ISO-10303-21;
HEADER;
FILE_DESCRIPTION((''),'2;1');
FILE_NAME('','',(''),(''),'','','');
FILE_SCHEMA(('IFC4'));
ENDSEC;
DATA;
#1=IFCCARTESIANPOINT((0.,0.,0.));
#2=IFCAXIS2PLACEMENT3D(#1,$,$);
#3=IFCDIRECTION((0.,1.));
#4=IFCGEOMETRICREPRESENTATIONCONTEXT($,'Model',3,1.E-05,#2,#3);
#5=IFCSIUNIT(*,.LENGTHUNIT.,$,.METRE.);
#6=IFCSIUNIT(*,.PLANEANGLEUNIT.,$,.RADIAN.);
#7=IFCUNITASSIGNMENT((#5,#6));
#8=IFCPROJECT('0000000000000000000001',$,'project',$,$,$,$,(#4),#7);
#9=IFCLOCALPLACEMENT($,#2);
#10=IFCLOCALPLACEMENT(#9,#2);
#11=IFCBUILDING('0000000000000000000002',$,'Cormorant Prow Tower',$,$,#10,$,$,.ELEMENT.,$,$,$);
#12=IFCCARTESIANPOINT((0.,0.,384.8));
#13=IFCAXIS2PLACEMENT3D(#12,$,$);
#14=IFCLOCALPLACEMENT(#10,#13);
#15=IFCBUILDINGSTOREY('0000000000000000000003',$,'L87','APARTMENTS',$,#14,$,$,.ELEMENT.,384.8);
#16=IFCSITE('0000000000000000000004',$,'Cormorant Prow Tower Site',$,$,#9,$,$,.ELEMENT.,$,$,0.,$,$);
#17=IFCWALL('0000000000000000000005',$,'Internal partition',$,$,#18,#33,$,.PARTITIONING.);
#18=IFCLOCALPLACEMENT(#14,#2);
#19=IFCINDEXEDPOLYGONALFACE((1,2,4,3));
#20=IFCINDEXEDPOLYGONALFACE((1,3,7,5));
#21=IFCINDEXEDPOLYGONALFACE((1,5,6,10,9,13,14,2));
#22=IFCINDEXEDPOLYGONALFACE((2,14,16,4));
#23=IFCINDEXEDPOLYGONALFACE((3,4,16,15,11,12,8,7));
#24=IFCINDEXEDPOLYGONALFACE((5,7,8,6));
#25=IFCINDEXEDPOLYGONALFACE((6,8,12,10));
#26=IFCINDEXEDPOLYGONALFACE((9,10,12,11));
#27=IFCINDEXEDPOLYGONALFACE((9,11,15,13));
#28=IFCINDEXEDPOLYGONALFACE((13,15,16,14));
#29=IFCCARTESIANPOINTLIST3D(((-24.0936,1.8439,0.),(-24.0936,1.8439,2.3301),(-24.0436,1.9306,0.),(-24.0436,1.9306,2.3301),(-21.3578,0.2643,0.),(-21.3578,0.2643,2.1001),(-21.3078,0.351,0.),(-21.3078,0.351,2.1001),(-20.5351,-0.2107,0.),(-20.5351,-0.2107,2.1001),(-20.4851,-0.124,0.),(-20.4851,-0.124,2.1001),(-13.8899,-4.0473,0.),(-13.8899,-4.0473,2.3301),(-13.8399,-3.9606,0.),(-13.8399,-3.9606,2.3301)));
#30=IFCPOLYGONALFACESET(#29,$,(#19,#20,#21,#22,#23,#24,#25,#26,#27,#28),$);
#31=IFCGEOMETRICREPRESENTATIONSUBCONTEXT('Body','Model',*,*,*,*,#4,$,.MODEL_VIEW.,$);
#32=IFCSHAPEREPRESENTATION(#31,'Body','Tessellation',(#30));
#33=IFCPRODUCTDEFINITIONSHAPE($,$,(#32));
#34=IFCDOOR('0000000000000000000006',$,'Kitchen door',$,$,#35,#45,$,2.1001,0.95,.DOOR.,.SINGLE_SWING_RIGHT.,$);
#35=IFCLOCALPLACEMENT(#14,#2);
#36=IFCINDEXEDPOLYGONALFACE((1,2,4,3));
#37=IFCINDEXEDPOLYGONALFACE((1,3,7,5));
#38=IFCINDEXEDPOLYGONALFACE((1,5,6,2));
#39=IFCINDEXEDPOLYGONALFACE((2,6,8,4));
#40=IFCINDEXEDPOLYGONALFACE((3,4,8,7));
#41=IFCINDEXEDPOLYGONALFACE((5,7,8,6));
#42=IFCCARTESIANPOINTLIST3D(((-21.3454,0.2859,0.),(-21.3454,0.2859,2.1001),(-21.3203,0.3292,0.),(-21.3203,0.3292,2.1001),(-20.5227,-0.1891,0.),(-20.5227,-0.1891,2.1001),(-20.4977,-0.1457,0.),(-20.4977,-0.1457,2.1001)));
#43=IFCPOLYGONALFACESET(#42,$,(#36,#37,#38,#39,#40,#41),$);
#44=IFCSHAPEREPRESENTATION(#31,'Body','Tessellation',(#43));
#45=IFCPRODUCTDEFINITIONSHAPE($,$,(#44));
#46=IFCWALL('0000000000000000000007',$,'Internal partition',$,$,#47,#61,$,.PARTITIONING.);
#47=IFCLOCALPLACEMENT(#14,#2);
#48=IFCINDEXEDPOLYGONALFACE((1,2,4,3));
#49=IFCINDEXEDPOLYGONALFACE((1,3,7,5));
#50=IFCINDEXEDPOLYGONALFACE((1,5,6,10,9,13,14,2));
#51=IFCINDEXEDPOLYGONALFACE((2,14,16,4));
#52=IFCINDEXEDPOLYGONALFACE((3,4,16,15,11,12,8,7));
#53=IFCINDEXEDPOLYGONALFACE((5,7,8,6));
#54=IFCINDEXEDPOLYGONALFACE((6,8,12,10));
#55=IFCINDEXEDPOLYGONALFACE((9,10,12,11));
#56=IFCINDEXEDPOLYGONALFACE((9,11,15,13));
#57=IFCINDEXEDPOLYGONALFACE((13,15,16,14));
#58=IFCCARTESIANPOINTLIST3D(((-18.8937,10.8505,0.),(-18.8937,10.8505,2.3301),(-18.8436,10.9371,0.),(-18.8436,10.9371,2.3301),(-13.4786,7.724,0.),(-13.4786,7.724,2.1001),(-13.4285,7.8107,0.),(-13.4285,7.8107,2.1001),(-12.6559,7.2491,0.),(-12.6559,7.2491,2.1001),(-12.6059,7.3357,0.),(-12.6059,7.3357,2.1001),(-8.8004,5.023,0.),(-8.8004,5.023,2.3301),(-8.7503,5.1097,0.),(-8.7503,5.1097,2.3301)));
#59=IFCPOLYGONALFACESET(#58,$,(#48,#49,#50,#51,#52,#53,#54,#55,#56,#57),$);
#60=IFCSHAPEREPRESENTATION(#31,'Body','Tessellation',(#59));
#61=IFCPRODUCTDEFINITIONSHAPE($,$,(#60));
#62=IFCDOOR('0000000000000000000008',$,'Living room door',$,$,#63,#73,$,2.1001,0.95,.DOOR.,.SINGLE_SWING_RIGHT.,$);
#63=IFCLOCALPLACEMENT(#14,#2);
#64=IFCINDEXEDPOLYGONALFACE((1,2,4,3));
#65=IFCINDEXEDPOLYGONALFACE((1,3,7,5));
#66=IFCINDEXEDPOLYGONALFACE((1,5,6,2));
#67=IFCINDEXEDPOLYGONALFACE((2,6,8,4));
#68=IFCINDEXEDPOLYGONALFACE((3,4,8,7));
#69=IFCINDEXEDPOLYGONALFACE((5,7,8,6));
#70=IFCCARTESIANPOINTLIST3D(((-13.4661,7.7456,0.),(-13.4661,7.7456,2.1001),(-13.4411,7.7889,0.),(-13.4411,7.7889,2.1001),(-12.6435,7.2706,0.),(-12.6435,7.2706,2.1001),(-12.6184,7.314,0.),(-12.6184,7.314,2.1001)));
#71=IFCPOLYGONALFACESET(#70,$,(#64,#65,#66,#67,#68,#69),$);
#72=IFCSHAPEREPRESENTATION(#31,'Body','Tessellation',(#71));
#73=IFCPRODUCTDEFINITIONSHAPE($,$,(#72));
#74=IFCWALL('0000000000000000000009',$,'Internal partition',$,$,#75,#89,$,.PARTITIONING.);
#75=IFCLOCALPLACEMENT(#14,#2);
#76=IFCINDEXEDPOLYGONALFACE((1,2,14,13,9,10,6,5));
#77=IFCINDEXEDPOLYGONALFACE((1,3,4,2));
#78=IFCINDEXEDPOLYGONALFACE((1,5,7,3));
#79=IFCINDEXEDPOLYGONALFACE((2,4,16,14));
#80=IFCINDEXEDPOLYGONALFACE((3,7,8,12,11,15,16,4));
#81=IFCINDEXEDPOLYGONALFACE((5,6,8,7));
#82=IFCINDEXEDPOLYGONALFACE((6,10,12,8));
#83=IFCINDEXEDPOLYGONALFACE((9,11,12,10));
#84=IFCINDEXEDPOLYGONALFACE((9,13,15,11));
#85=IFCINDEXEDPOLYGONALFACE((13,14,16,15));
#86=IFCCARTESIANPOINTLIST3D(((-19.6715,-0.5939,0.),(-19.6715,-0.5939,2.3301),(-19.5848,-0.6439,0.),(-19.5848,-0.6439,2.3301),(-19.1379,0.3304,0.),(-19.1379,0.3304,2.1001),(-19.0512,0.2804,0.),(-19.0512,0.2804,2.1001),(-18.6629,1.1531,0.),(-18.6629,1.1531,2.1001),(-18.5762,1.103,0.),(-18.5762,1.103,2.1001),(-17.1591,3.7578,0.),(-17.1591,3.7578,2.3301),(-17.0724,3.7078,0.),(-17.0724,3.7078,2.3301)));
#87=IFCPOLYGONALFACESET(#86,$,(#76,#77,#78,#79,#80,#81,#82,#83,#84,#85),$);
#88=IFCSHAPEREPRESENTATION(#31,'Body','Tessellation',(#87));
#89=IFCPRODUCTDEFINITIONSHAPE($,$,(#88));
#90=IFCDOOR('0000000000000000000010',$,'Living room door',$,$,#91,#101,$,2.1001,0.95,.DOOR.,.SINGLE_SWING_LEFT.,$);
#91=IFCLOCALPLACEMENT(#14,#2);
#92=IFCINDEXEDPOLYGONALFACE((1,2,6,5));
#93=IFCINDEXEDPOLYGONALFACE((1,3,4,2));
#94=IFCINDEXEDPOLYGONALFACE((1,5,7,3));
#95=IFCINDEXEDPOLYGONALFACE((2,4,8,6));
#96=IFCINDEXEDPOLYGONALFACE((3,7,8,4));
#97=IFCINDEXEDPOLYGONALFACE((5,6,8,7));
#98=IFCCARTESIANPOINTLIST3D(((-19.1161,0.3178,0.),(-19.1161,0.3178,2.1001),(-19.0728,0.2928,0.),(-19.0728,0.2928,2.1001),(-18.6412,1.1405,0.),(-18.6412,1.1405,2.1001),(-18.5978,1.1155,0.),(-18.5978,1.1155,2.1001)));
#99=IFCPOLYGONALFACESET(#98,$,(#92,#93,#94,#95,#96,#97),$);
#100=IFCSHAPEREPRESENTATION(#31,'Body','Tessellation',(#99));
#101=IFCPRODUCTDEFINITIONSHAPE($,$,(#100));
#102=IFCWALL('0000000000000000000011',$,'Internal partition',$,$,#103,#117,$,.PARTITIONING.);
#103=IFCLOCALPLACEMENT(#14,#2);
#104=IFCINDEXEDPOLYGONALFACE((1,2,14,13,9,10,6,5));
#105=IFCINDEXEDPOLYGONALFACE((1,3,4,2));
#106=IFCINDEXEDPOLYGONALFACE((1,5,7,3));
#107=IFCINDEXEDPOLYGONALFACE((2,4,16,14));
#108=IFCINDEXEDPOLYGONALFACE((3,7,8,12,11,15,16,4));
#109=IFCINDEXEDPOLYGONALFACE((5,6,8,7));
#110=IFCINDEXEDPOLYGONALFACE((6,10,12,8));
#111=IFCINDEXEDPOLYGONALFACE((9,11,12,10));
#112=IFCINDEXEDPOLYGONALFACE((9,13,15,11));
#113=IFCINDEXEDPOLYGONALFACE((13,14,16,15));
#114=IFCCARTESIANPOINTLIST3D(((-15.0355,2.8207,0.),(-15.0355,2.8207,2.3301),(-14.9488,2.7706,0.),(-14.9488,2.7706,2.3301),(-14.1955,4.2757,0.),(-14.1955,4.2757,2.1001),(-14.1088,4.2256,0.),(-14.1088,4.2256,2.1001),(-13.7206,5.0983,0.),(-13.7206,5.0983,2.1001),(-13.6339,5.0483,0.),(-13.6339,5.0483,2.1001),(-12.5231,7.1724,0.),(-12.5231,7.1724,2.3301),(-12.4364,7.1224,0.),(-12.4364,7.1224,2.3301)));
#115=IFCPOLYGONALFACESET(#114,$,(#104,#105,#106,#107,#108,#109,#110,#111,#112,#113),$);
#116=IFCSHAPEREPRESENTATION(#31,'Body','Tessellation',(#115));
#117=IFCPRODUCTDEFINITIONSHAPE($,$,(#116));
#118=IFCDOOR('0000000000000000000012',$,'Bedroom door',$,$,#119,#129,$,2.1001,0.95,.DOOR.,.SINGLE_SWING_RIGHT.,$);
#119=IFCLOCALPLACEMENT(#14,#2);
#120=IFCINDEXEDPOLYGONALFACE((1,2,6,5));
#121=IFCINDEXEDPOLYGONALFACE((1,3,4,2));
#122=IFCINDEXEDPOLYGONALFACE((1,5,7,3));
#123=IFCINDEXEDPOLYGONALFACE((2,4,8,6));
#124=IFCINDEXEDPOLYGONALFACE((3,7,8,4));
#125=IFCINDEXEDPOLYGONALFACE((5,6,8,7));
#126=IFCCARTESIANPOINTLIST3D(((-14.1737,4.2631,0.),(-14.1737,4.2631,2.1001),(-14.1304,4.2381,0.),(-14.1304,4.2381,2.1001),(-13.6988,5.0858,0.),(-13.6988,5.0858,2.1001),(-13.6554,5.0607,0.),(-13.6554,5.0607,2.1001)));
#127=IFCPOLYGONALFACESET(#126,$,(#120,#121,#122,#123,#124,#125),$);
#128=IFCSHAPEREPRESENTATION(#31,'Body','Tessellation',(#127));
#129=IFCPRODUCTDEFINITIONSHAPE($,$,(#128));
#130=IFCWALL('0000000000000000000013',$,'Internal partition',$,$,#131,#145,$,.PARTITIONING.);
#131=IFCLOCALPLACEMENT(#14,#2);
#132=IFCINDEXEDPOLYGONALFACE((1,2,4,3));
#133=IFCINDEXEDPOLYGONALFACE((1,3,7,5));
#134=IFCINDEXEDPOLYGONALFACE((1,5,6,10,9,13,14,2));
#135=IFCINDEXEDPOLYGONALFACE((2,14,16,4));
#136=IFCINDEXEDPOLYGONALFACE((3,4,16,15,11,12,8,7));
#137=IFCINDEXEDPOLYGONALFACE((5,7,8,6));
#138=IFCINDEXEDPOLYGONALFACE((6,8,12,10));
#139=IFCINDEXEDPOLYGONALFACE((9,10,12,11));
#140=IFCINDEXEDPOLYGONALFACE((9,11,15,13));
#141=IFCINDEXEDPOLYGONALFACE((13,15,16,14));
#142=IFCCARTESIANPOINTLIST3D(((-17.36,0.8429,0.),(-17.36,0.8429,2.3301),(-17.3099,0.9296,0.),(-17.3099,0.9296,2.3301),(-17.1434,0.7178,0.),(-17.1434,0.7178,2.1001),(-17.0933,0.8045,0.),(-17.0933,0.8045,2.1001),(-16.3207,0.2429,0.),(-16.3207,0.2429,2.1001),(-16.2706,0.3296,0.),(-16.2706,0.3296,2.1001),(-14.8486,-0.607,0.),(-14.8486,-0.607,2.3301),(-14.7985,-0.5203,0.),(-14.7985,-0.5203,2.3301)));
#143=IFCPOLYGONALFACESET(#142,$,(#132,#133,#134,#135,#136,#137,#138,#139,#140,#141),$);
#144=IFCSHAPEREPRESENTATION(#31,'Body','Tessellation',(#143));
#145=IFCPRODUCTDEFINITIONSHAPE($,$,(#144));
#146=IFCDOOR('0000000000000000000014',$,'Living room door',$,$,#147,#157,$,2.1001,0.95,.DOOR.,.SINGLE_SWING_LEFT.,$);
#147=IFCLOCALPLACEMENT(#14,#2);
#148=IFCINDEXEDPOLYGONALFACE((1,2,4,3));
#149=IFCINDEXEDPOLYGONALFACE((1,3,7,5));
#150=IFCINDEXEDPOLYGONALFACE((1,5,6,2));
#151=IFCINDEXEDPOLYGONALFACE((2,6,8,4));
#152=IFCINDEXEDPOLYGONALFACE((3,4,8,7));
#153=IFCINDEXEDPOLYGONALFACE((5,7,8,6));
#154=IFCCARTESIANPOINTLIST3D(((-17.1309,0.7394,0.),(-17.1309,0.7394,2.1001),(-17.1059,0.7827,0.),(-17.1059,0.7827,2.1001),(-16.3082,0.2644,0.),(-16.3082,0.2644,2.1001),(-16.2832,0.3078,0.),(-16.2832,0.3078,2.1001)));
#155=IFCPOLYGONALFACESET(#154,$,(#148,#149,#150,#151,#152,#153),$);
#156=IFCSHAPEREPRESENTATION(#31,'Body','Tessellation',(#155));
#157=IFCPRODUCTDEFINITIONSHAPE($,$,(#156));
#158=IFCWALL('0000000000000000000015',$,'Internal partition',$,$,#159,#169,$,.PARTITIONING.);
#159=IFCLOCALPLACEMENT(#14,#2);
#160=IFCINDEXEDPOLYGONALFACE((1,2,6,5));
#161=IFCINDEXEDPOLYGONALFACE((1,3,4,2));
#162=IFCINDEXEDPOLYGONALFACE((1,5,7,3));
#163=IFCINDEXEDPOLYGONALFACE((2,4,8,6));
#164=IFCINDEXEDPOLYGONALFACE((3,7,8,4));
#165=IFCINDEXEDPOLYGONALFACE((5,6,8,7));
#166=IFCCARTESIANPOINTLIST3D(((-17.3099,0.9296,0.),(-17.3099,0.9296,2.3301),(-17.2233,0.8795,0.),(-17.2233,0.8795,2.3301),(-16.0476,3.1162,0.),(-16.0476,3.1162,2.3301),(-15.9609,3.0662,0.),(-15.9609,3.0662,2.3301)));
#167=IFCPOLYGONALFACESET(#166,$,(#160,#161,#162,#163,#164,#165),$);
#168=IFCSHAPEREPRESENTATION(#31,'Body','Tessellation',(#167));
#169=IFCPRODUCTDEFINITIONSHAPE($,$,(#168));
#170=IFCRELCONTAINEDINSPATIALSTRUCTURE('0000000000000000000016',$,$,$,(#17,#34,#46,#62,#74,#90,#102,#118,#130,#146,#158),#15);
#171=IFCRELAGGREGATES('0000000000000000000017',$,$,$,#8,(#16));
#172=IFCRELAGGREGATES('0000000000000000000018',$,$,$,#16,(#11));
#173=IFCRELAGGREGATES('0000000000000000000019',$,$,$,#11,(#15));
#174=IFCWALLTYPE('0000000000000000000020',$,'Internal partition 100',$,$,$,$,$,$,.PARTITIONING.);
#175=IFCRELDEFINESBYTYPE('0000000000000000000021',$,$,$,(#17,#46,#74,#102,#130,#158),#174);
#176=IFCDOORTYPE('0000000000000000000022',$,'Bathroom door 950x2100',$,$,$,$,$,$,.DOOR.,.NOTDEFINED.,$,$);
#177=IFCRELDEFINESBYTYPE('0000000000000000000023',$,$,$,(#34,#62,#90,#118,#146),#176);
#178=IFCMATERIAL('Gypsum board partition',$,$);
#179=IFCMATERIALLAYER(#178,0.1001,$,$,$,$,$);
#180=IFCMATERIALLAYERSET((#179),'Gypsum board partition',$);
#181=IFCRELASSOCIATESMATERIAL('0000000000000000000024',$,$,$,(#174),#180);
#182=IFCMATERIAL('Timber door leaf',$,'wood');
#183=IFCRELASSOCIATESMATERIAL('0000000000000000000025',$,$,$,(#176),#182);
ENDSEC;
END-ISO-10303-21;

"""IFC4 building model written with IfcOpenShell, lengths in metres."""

from ifc_helpers import new_model, si_unit, direction, frame, frame_2d, origin, place, context, subcontext, project, spatial, rectangle, extrude, material, layer, layer_set, type_object, element, fill, save


model = new_model("IFC4")

# Units and contexts
model_context = context("Model", 3, precision=1e-05, world=origin(), true_north=direction((0.0, 1.0)))
body_context = subcontext(model_context, "Body", "Model", "MODEL_VIEW")
ifc_project = project(units=[si_unit("LENGTHUNIT", "METRE"), si_unit("PLANEANGLEUNIT", "RADIAN")], contexts=[model_context])

# Site, building, storey
site_placement = place(None, origin())
site = spatial("IfcSite", under=ifc_project, at=site_placement, Name="Cormorant Prow Tower Site", CompositionType="ELEMENT", RefElevation=0.0)
building_placement = place(site_placement, origin())
building = spatial("IfcBuilding", under=site, at=building_placement, Name="Cormorant Prow Tower", CompositionType="ELEMENT")
storey_placement = place(building_placement, frame((0.0, 0.0, 384.8)))
storey = spatial("IfcBuildingStorey", under=building, at=storey_placement, Name="L87", Description="APARTMENTS", CompositionType="ELEMENT", Elevation=384.8)

# Walls, openings, doors
ifc_material_1 = material(Name="Gypsum board partition")
ifc_layer_1 = layer(ifc_material_1, 0.1001)
ifc_layer_set_1 = layer_set([ifc_layer_1], Name="Gypsum board partition")
wall_type_1 = type_object("IfcWallType", Name="Internal partition 100", PredefinedType="PARTITIONING", material=ifc_layer_set_1)
wall_1_placement = place(storey_placement, frame((-24.0686, 1.8872, 0.0), z_axis=(0.0, 0.0, 1.0), x_axis=(0.866023, -0.500003, 0.0)))
wall_1 = element("IfcWall", 1, at=wall_1_placement, inside=storey, type_object=wall_type_1, Name="Internal partition", PredefinedType="PARTITIONING", context=body_context, shape_type="SweptSolid", body=[
    extrude(rectangle(XDim=11.7822, YDim=0.1001, at=frame_2d((5.8911, 0.0))), origin(), (0.0, 0.0, 1.0), 2.3301),
])
opening_1_placement = place(wall_1_placement, frame((3.1589, 0.0, 0.0)))
opening_1 = element("IfcOpeningElement", 2, at=opening_1_placement, cuts=wall_1, PredefinedType="OPENING", context=body_context, shape_type="SweptSolid", body=[
    extrude(rectangle(XDim=0.95, YDim=2.1001, at=frame_2d((0.4751, 1.05))), frame((0.0, 0.0601, 0.0), z_axis=(0.0, -1.0, 0.0), x_axis=(1.0, 0.0, 0.0)), (0.0, 0.0, 1.0), 0.1201),
])
ifc_material_2 = material(Name="Timber door leaf", Category="wood")
door_type_1 = type_object("IfcDoorType", Name="Bathroom door 950x2100", OperationType="NOTDEFINED", PredefinedType="DOOR", material=ifc_material_2)
door_1_placement = place(opening_1_placement, origin())
door_1 = element("IfcDoor", 3, at=door_1_placement, inside=storey, type_object=door_type_1, Name="Kitchen door", OperationType="SINGLE_SWING_RIGHT", OverallHeight=2.1001, OverallWidth=0.95, PredefinedType="DOOR", context=body_context, shape_type="SweptSolid", body=[
    extrude(rectangle(XDim=0.95, YDim=2.1001, at=frame_2d((0.4751, 1.05))), frame((0.0, 0.0249, 0.0), z_axis=(0.0, -1.0, 0.0), x_axis=(1.0, 0.0, 0.0)), (0.0, 0.0, 1.0), 0.05),
])
fill(opening_1, door_1)
wall_2_placement = place(storey_placement, frame((-18.8687, 10.8938, 0.0), z_axis=(0.0, 0.0, 1.0), x_axis=(0.866024, -0.500003, 0.0)))
wall_2 = element("IfcWall", 4, at=wall_2_placement, inside=storey, type_object=wall_type_1, Name="Internal partition", PredefinedType="PARTITIONING", context=body_context, shape_type="SweptSolid", body=[
    extrude(rectangle(XDim=11.6548, YDim=0.1001, at=frame_2d((5.8274, 0.0))), origin(), (0.0, 0.0, 1.0), 2.3301),
])
opening_2_placement = place(wall_2_placement, frame((6.2527, 0.0, 0.0)))
opening_2 = element("IfcOpeningElement", 5, at=opening_2_placement, cuts=wall_2, PredefinedType="OPENING", context=body_context, shape_type="SweptSolid", body=[
    extrude(rectangle(XDim=0.95, YDim=2.1001, at=frame_2d((0.4751, 1.05))), frame((0.0, 0.0601, 0.0), z_axis=(0.0, -1.0, 0.0), x_axis=(1.0, 0.0, 0.0)), (0.0, 0.0, 1.0), 0.1201),
])
door_2_placement = place(opening_2_placement, origin())
door_2 = element("IfcDoor", 6, at=door_2_placement, inside=storey, type_object=door_type_1, Name="Living room door", OperationType="SINGLE_SWING_RIGHT", OverallHeight=2.1001, OverallWidth=0.95, PredefinedType="DOOR", context=body_context, shape_type="SweptSolid", body=[
    extrude(rectangle(XDim=0.95, YDim=2.1001, at=frame_2d((0.4751, 1.05))), frame((0.0, 0.0249, 0.0), z_axis=(0.0, -1.0, 0.0), x_axis=(1.0, 0.0, 0.0)), (0.0, 0.0, 1.0), 0.05),
])
fill(opening_2, door_2)
wall_3_placement = place(storey_placement, frame((-19.6282, -0.6189, 0.0), z_axis=(0.0, 0.0, 1.0), x_axis=(0.49999, 0.866031, 0.0)))
wall_3 = element("IfcWall", 7, at=wall_3_placement, inside=storey, type_object=wall_type_1, Name="Internal partition", PredefinedType="PARTITIONING", context=body_context, shape_type="SweptSolid", body=[
    extrude(rectangle(XDim=5.0249, YDim=0.1001, at=frame_2d((2.5125, 0.0))), origin(), (0.0, 0.0, 1.0), 2.3301),
])
opening_3_placement = place(wall_3_placement, frame((1.0671, 0.0, 0.0)))
opening_3 = element("IfcOpeningElement", 8, at=opening_3_placement, cuts=wall_3, PredefinedType="OPENING", context=body_context, shape_type="SweptSolid", body=[
    extrude(rectangle(XDim=0.95, YDim=2.1001, at=frame_2d((0.4751, 1.05))), frame((0.0, 0.0601, 0.0), z_axis=(0.0, -1.0, 0.0), x_axis=(1.0, 0.0, 0.0)), (0.0, 0.0, 1.0), 0.1201),
])
door_3_placement = place(opening_3_placement, origin())
door_3 = element("IfcDoor", 9, at=door_3_placement, inside=storey, type_object=door_type_1, Name="Living room door", OperationType="SINGLE_SWING_LEFT", OverallHeight=2.1001, OverallWidth=0.95, PredefinedType="DOOR", context=body_context, shape_type="SweptSolid", body=[
    extrude(rectangle(XDim=0.95, YDim=2.1001, at=frame_2d((0.4751, 1.05))), frame((0.0, 0.0249, 0.0), z_axis=(0.0, -1.0, 0.0), x_axis=(1.0, 0.0, 0.0)), (0.0, 0.0, 1.0), 0.05),
])
fill(opening_3, door_3)
wall_4_placement = place(storey_placement, frame((-14.9922, 2.7957, 0.0), z_axis=(0.0, 0.0, 1.0), x_axis=(0.49999, 0.866031, 0.0)))
wall_4 = element("IfcWall", 10, at=wall_4_placement, inside=storey, type_object=wall_type_1, Name="Internal partition", PredefinedType="PARTITIONING", context=body_context, shape_type="SweptSolid", body=[
    extrude(rectangle(XDim=5.0249, YDim=0.1001, at=frame_2d((2.5125, 0.0))), origin(), (0.0, 0.0, 1.0), 2.3301),
])
opening_4_placement = place(wall_4_placement, frame((1.6799, 0.0, 0.0)))
opening_4 = element("IfcOpeningElement", 11, at=opening_4_placement, cuts=wall_4, PredefinedType="OPENING", context=body_context, shape_type="SweptSolid", body=[
    extrude(rectangle(XDim=0.95, YDim=2.1001, at=frame_2d((0.4751, 1.05))), frame((0.0, 0.0601, 0.0), z_axis=(0.0, -1.0, 0.0), x_axis=(1.0, 0.0, 0.0)), (0.0, 0.0, 1.0), 0.1201),
])
door_4_placement = place(opening_4_placement, origin())
door_4 = element("IfcDoor", 12, at=door_4_placement, inside=storey, type_object=door_type_1, Name="Bedroom door", OperationType="SINGLE_SWING_RIGHT", OverallHeight=2.1001, OverallWidth=0.95, PredefinedType="DOOR", context=body_context, shape_type="SweptSolid", body=[
    extrude(rectangle(XDim=0.95, YDim=2.1001, at=frame_2d((0.4751, 1.05))), frame((0.0, 0.0249, 0.0), z_axis=(0.0, -1.0, 0.0), x_axis=(1.0, 0.0, 0.0)), (0.0, 0.0, 1.0), 0.05),
])
fill(opening_4, door_4)
wall_5_placement = place(storey_placement, frame((-17.335, 0.8862, 0.0), z_axis=(0.0, 0.0, 1.0), x_axis=(0.866033, -0.499987, 0.0)))
wall_5 = element("IfcWall", 13, at=wall_5_placement, inside=storey, type_object=wall_type_1, Name="Internal partition", PredefinedType="PARTITIONING", context=body_context, shape_type="SweptSolid", body=[
    extrude(rectangle(XDim=2.8999, YDim=0.1001, at=frame_2d((1.45, 0.0))), origin(), (0.0, 0.0, 1.0), 2.3301),
])
opening_5_placement = place(wall_5_placement, frame((0.25, 0.0, 0.0)))
opening_5 = element("IfcOpeningElement", 14, at=opening_5_placement, cuts=wall_5, PredefinedType="OPENING", context=body_context, shape_type="SweptSolid", body=[
    extrude(rectangle(XDim=0.95, YDim=2.1001, at=frame_2d((0.4751, 1.05))), frame((0.0, 0.0601, 0.0), z_axis=(0.0, -1.0, 0.0), x_axis=(1.0, 0.0, 0.0)), (0.0, 0.0, 1.0), 0.1201),
])
door_5_placement = place(opening_5_placement, origin())
door_5 = element("IfcDoor", 15, at=door_5_placement, inside=storey, type_object=door_type_1, Name="Living room door", OperationType="SINGLE_SWING_LEFT", OverallHeight=2.1001, OverallWidth=0.95, PredefinedType="DOOR", context=body_context, shape_type="SweptSolid", body=[
    extrude(rectangle(XDim=0.95, YDim=2.1001, at=frame_2d((0.4751, 1.05))), frame((0.0, 0.0249, 0.0), z_axis=(0.0, -1.0, 0.0), x_axis=(1.0, 0.0, 0.0)), (0.0, 0.0, 1.0), 0.05),
])
fill(opening_5, door_5)

# Wall
wall_6_placement = place(storey_placement, frame((-17.2666, 0.9045, 0.0), z_axis=(0.0, 0.0, 1.0), x_axis=(0.499976, 0.866039, 0.0)))
element("IfcWall", 16, at=wall_6_placement, inside=storey, type_object=wall_type_1, Name="Internal partition", PredefinedType="PARTITIONING", context=body_context, shape_type="SweptSolid", body=[
    extrude(rectangle(XDim=2.5249, YDim=0.1001, at=frame_2d((1.2625, 0.0))), origin(), (0.0, 0.0, 1.0), 2.3301),
])

save(model, "model.ifc")
